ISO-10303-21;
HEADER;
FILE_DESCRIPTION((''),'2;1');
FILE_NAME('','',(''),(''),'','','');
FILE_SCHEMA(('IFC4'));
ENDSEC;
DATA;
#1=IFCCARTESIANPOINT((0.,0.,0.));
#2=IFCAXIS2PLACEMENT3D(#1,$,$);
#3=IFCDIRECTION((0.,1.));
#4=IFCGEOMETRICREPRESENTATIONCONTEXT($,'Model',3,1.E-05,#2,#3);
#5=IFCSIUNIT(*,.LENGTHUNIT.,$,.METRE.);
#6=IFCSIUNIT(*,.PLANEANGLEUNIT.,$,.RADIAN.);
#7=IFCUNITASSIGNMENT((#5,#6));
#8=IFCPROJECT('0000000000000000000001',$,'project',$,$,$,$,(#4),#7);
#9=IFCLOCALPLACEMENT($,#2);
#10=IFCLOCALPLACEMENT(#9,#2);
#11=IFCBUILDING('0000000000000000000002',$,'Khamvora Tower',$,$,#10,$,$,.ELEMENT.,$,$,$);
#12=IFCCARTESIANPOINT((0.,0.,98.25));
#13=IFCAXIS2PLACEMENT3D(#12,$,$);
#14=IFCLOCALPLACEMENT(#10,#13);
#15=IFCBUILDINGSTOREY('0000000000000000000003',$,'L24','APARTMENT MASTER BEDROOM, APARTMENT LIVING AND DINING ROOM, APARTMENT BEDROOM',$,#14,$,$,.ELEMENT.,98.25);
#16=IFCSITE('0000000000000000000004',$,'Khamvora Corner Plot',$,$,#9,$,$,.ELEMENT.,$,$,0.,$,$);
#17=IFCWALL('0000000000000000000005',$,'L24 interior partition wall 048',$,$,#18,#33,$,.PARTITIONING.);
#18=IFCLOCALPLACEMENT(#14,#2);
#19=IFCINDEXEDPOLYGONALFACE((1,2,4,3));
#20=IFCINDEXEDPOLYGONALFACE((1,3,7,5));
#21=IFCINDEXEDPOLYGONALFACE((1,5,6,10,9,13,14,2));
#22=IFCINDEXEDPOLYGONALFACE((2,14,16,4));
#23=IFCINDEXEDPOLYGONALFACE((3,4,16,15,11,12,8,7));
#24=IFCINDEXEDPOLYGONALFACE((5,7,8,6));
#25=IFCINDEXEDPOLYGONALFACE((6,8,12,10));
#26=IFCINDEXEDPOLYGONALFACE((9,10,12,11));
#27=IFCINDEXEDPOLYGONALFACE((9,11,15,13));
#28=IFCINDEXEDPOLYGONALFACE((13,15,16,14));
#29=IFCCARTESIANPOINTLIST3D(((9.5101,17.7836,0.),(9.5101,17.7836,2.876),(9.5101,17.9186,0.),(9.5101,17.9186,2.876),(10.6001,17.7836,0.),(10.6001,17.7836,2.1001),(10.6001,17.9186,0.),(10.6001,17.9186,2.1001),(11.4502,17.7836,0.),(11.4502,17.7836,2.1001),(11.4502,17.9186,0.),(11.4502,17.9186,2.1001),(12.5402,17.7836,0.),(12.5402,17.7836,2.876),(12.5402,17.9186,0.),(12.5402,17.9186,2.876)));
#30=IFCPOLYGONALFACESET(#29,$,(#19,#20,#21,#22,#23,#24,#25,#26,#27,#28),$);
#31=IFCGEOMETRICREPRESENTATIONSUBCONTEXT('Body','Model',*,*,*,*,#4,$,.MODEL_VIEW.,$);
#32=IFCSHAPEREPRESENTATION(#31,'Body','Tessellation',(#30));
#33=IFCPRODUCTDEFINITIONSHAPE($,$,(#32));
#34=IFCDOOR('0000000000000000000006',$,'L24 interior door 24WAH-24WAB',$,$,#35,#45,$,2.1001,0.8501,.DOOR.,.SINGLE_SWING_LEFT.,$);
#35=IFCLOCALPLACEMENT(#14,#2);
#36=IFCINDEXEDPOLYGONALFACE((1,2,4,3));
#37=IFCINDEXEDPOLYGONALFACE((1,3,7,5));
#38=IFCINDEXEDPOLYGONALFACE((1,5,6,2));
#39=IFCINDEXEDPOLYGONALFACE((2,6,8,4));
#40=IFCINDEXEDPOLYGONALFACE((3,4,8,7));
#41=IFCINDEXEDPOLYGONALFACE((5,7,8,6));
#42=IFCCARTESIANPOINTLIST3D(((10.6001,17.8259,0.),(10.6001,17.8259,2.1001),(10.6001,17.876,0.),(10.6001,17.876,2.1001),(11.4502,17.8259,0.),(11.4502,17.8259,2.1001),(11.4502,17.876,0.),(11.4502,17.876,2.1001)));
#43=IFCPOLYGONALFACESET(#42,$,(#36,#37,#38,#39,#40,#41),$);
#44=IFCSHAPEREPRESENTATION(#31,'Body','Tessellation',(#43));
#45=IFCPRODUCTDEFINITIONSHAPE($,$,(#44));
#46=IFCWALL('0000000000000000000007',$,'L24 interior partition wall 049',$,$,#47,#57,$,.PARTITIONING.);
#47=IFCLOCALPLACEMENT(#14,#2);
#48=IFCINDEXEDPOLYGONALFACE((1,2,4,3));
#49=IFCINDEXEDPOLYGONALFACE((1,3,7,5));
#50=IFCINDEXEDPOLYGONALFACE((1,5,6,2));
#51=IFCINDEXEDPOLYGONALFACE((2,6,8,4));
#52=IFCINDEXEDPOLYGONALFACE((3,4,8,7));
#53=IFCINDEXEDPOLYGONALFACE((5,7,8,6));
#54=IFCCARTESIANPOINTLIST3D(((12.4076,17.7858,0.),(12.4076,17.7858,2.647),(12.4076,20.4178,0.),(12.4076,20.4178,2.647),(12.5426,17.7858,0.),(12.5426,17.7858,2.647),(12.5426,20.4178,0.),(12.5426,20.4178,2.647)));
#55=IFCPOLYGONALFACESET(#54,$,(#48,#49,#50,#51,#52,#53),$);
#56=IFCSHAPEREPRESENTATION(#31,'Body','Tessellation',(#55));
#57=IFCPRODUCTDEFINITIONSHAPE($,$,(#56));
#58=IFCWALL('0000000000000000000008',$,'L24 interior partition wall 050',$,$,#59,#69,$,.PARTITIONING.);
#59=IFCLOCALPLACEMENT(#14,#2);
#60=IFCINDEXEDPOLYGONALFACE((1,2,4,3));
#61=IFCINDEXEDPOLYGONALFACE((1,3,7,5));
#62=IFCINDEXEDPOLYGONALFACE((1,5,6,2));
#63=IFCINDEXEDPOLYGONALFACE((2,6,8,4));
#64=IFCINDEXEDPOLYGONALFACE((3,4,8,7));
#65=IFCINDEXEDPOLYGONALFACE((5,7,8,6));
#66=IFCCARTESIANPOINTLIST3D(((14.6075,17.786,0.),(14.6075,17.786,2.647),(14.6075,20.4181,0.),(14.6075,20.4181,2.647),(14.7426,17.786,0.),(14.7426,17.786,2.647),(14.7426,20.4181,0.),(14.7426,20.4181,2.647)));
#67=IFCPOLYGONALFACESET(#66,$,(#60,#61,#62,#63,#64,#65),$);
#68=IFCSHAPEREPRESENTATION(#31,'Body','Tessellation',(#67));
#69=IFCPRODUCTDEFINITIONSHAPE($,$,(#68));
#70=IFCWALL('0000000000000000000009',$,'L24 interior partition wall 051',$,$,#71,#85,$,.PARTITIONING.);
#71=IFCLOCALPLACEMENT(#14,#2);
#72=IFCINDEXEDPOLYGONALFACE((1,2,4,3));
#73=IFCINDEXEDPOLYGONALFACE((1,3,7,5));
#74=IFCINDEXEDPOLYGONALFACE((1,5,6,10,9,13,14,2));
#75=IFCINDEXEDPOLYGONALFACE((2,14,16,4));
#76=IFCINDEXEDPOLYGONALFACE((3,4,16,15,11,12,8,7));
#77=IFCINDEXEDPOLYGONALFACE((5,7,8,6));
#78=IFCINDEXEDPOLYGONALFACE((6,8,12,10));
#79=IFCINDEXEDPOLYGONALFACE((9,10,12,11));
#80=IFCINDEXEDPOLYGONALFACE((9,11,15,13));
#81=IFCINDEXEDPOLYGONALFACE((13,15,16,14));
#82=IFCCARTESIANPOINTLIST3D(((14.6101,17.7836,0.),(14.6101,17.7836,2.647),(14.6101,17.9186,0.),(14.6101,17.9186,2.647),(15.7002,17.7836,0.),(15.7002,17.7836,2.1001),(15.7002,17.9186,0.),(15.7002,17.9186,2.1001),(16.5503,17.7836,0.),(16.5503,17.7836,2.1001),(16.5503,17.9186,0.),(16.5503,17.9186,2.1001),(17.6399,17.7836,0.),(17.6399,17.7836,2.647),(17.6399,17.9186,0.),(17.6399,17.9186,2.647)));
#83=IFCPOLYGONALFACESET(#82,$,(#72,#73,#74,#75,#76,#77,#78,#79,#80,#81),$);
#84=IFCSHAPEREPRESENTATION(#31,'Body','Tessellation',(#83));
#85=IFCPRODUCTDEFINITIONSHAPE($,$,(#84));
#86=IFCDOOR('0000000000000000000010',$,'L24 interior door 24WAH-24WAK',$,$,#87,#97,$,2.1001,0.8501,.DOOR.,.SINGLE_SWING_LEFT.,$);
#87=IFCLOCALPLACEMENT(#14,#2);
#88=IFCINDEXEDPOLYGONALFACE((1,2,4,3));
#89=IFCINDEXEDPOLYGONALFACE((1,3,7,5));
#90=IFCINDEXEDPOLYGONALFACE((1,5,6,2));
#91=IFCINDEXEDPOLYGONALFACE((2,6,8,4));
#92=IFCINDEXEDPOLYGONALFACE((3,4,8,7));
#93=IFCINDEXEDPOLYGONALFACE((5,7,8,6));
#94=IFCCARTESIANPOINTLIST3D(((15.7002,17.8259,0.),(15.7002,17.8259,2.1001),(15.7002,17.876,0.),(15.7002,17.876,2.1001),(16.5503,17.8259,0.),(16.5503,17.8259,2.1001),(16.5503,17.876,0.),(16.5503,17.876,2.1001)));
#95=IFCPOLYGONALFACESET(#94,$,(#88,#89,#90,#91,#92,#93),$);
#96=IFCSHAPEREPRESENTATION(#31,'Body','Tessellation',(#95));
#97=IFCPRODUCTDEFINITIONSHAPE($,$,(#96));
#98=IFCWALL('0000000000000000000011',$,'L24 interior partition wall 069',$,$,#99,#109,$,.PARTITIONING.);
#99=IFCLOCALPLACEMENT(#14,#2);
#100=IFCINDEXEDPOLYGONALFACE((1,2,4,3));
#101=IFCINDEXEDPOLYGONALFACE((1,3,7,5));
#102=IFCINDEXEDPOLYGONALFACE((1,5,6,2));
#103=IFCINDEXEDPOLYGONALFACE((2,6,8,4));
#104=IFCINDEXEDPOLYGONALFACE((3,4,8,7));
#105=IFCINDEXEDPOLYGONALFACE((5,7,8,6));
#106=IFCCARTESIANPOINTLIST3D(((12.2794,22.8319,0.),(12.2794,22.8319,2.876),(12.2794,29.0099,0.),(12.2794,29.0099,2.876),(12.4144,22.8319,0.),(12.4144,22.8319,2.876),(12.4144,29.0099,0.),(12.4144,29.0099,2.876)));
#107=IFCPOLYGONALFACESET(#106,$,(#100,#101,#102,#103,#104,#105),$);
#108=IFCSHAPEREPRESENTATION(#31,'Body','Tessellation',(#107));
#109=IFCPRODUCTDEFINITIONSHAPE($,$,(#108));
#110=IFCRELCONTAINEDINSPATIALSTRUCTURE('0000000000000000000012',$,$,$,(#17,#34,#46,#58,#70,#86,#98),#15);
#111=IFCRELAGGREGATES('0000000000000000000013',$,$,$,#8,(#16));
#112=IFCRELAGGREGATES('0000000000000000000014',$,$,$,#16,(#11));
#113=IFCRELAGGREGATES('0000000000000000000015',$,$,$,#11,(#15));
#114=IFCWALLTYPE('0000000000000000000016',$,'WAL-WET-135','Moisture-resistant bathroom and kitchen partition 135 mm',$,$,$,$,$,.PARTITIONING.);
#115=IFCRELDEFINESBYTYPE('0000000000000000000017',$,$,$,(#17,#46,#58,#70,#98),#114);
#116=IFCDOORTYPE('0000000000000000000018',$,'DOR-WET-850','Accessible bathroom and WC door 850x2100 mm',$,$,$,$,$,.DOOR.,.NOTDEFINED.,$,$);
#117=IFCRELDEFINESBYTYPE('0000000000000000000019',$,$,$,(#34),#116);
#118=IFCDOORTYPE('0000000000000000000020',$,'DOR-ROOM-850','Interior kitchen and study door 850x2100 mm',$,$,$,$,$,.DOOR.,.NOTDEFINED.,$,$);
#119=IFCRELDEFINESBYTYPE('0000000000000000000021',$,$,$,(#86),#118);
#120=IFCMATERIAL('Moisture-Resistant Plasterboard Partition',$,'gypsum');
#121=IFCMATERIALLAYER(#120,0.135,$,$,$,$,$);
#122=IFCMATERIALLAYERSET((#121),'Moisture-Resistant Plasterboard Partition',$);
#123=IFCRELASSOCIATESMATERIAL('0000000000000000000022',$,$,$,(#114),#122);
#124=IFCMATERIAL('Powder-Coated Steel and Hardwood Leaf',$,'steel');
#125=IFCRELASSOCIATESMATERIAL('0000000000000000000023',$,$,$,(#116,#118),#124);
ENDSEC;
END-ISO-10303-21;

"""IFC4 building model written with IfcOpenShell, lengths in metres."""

from ifc_helpers import new_model, si_unit, direction, frame, frame_2d, origin, place, context, subcontext, project, spatial, rectangle, extrude, material, layer, layer_set, type_object, element, fill, save


model = new_model("IFC4")

# Units and contexts
model_context = context("Model", 3, precision=1e-05, world=origin(), true_north=direction((0.0, 1.0)))
body_context = subcontext(model_context, "Body", "Model", "MODEL_VIEW")
ifc_project = project(units=[si_unit("LENGTHUNIT", "METRE"), si_unit("PLANEANGLEUNIT", "RADIAN")], contexts=[model_context])

# Site, building, storey
site_placement = place(None, origin())
site = spatial("IfcSite", under=ifc_project, at=site_placement, Name="Khamvora Corner Plot", CompositionType="ELEMENT", RefElevation=0.0)
building_placement = place(site_placement, origin())
building = spatial("IfcBuilding", under=site, at=building_placement, Name="Khamvora Tower", CompositionType="ELEMENT")
storey_placement = place(building_placement, frame((0.0, 0.0, 98.25)))
storey = spatial("IfcBuildingStorey", under=building, at=storey_placement, Name="L24", Description="APARTMENT MASTER BEDROOM, APARTMENT LIVING AND DINING ROOM, APARTMENT BEDROOM", CompositionType="ELEMENT", Elevation=98.25)

# Shared definitions
ifc_material_1 = material(Name="Powder-Coated Steel and Hardwood Leaf", Category="steel")

# Wall, opening, door
ifc_material_2 = material(Name="Moisture-Resistant Plasterboard Partition", Category="gypsum")
ifc_layer_1 = layer(ifc_material_2, 0.135)
ifc_layer_set_1 = layer_set([ifc_layer_1], Name="Moisture-Resistant Plasterboard Partition")
wall_type_1 = type_object("IfcWallType", Name="WAL-WET-135", Description="Moisture-resistant bathroom and kitchen partition 135 mm", PredefinedType="PARTITIONING", material=ifc_layer_set_1)
wall_1_placement = place(storey_placement, frame((9.51, 17.8511, 0.0), z_axis=(0.0, 0.0, 1.0), x_axis=(1.0, 0.0, 0.0)))
wall_1 = element("IfcWall", 1, at=wall_1_placement, inside=storey, type_object=wall_type_1, Name="L24 interior partition wall 048", PredefinedType="PARTITIONING", context=body_context, shape_type="SweptSolid", body=[
    extrude(rectangle(XDim=3.03, YDim=0.135, at=frame_2d((1.5151, 0.0))), origin(), (0.0, 0.0, 1.0), 2.876),
])
opening_1_placement = place(wall_1_placement, frame((1.0901, 0.0, 0.0)))
opening_1 = element("IfcOpeningElement", 2, at=opening_1_placement, cuts=wall_1, PredefinedType="OPENING", context=body_context, shape_type="SweptSolid", body=[
    extrude(rectangle(XDim=0.8501, YDim=2.1001, at=frame_2d((0.425, 1.05))), frame((0.0, 0.0774, 0.0), z_axis=(0.0, -1.0, 0.0), x_axis=(1.0, 0.0, 0.0)), (0.0, 0.0, 1.0), 0.155),
])
door_type_1 = type_object("IfcDoorType", Name="DOR-WET-850", Description="Accessible bathroom and WC door 850x2100 mm", OperationType="NOTDEFINED", PredefinedType="DOOR", material=ifc_material_1)
door_1_placement = place(opening_1_placement, origin())
door_1 = element("IfcDoor", 3, at=door_1_placement, inside=storey, type_object=door_type_1, Name="L24 interior door 24WAH-24WAB", OperationType="SINGLE_SWING_LEFT", OverallHeight=2.1001, OverallWidth=0.8501, PredefinedType="DOOR", context=body_context, shape_type="SweptSolid", body=[
    extrude(rectangle(XDim=0.8501, YDim=2.1001, at=frame_2d((0.425, 1.05))), frame((0.0, 0.0249, 0.0), z_axis=(0.0, -1.0, 0.0), x_axis=(1.0, 0.0, 0.0)), (0.0, 0.0, 1.0), 0.05),
])
fill(opening_1, door_1)

# Walls
for number, where, z_axis, x_axis, name in (
    (4, (12.4751, 17.7859, 0.0), (0.0, 0.0, 1.0), (0.0, 1.0, 0.0), "L24 interior partition wall 049"),
    (5, (14.675, 20.418, 0.0), (0.0, 0.0, 1.0), (0.0, -1.0, 0.0), "L24 interior partition wall 050"),
):
    element("IfcWall", number, at=place(storey_placement, frame(where, z_axis=z_axis, x_axis=x_axis)), inside=storey, type_object=wall_type_1, Name=name, PredefinedType="PARTITIONING", context=body_context, shape_type="SweptSolid", body=[
        extrude(rectangle(XDim=2.6321, YDim=0.135, at=frame_2d((1.3159, 0.0))), origin(), (0.0, 0.0, 1.0), 2.647),
    ])

# Wall, opening, door
wall_2_placement = place(storey_placement, frame((14.6101, 17.8511, 0.0), z_axis=(0.0, 0.0, 1.0), x_axis=(1.0, 0.0, 0.0)))
wall_2 = element("IfcWall", 6, at=wall_2_placement, inside=storey, type_object=wall_type_1, Name="L24 interior partition wall 051", PredefinedType="PARTITIONING", context=body_context, shape_type="SweptSolid", body=[
    extrude(rectangle(XDim=3.0298, YDim=0.135, at=frame_2d((1.5149, 0.0))), origin(), (0.0, 0.0, 1.0), 2.647),
])
opening_2_placement = place(wall_2_placement, frame((1.0901, 0.0, 0.0)))
opening_2 = element("IfcOpeningElement", 7, at=opening_2_placement, cuts=wall_2, PredefinedType="OPENING", context=body_context, shape_type="SweptSolid", body=[
    extrude(rectangle(XDim=0.8501, YDim=2.1001, at=frame_2d((0.425, 1.05))), frame((0.0, 0.0774, 0.0), z_axis=(0.0, -1.0, 0.0), x_axis=(1.0, 0.0, 0.0)), (0.0, 0.0, 1.0), 0.155),
])
door_type_2 = type_object("IfcDoorType", Name="DOR-ROOM-850", Description="Interior kitchen and study door 850x2100 mm", OperationType="NOTDEFINED", PredefinedType="DOOR", material=ifc_material_1)
door_2_placement = place(opening_2_placement, origin())
door_2 = element("IfcDoor", 8, at=door_2_placement, inside=storey, type_object=door_type_2, Name="L24 interior door 24WAH-24WAK", OperationType="SINGLE_SWING_LEFT", OverallHeight=2.1001, OverallWidth=0.8501, PredefinedType="DOOR", context=body_context, shape_type="SweptSolid", body=[
    extrude(rectangle(XDim=0.8501, YDim=2.1001, at=frame_2d((0.425, 1.05))), frame((0.0, 0.0249, 0.0), z_axis=(0.0, -1.0, 0.0), x_axis=(1.0, 0.0, 0.0)), (0.0, 0.0, 1.0), 0.05),
])
fill(opening_2, door_2)

# Wall
wall_3_placement = place(storey_placement, frame((12.3469, 22.832, 0.0), z_axis=(0.0, 0.0, 1.0), x_axis=(0.0, 1.0, 0.0)))
element("IfcWall", 9, at=wall_3_placement, inside=storey, type_object=wall_type_1, Name="L24 interior partition wall 069", PredefinedType="PARTITIONING", context=body_context, shape_type="SweptSolid", body=[
    extrude(rectangle(XDim=6.178, YDim=0.135, at=frame_2d((3.0889, 0.0))), origin(), (0.0, 0.0, 1.0), 2.876),
])

save(model, "model.ifc")
